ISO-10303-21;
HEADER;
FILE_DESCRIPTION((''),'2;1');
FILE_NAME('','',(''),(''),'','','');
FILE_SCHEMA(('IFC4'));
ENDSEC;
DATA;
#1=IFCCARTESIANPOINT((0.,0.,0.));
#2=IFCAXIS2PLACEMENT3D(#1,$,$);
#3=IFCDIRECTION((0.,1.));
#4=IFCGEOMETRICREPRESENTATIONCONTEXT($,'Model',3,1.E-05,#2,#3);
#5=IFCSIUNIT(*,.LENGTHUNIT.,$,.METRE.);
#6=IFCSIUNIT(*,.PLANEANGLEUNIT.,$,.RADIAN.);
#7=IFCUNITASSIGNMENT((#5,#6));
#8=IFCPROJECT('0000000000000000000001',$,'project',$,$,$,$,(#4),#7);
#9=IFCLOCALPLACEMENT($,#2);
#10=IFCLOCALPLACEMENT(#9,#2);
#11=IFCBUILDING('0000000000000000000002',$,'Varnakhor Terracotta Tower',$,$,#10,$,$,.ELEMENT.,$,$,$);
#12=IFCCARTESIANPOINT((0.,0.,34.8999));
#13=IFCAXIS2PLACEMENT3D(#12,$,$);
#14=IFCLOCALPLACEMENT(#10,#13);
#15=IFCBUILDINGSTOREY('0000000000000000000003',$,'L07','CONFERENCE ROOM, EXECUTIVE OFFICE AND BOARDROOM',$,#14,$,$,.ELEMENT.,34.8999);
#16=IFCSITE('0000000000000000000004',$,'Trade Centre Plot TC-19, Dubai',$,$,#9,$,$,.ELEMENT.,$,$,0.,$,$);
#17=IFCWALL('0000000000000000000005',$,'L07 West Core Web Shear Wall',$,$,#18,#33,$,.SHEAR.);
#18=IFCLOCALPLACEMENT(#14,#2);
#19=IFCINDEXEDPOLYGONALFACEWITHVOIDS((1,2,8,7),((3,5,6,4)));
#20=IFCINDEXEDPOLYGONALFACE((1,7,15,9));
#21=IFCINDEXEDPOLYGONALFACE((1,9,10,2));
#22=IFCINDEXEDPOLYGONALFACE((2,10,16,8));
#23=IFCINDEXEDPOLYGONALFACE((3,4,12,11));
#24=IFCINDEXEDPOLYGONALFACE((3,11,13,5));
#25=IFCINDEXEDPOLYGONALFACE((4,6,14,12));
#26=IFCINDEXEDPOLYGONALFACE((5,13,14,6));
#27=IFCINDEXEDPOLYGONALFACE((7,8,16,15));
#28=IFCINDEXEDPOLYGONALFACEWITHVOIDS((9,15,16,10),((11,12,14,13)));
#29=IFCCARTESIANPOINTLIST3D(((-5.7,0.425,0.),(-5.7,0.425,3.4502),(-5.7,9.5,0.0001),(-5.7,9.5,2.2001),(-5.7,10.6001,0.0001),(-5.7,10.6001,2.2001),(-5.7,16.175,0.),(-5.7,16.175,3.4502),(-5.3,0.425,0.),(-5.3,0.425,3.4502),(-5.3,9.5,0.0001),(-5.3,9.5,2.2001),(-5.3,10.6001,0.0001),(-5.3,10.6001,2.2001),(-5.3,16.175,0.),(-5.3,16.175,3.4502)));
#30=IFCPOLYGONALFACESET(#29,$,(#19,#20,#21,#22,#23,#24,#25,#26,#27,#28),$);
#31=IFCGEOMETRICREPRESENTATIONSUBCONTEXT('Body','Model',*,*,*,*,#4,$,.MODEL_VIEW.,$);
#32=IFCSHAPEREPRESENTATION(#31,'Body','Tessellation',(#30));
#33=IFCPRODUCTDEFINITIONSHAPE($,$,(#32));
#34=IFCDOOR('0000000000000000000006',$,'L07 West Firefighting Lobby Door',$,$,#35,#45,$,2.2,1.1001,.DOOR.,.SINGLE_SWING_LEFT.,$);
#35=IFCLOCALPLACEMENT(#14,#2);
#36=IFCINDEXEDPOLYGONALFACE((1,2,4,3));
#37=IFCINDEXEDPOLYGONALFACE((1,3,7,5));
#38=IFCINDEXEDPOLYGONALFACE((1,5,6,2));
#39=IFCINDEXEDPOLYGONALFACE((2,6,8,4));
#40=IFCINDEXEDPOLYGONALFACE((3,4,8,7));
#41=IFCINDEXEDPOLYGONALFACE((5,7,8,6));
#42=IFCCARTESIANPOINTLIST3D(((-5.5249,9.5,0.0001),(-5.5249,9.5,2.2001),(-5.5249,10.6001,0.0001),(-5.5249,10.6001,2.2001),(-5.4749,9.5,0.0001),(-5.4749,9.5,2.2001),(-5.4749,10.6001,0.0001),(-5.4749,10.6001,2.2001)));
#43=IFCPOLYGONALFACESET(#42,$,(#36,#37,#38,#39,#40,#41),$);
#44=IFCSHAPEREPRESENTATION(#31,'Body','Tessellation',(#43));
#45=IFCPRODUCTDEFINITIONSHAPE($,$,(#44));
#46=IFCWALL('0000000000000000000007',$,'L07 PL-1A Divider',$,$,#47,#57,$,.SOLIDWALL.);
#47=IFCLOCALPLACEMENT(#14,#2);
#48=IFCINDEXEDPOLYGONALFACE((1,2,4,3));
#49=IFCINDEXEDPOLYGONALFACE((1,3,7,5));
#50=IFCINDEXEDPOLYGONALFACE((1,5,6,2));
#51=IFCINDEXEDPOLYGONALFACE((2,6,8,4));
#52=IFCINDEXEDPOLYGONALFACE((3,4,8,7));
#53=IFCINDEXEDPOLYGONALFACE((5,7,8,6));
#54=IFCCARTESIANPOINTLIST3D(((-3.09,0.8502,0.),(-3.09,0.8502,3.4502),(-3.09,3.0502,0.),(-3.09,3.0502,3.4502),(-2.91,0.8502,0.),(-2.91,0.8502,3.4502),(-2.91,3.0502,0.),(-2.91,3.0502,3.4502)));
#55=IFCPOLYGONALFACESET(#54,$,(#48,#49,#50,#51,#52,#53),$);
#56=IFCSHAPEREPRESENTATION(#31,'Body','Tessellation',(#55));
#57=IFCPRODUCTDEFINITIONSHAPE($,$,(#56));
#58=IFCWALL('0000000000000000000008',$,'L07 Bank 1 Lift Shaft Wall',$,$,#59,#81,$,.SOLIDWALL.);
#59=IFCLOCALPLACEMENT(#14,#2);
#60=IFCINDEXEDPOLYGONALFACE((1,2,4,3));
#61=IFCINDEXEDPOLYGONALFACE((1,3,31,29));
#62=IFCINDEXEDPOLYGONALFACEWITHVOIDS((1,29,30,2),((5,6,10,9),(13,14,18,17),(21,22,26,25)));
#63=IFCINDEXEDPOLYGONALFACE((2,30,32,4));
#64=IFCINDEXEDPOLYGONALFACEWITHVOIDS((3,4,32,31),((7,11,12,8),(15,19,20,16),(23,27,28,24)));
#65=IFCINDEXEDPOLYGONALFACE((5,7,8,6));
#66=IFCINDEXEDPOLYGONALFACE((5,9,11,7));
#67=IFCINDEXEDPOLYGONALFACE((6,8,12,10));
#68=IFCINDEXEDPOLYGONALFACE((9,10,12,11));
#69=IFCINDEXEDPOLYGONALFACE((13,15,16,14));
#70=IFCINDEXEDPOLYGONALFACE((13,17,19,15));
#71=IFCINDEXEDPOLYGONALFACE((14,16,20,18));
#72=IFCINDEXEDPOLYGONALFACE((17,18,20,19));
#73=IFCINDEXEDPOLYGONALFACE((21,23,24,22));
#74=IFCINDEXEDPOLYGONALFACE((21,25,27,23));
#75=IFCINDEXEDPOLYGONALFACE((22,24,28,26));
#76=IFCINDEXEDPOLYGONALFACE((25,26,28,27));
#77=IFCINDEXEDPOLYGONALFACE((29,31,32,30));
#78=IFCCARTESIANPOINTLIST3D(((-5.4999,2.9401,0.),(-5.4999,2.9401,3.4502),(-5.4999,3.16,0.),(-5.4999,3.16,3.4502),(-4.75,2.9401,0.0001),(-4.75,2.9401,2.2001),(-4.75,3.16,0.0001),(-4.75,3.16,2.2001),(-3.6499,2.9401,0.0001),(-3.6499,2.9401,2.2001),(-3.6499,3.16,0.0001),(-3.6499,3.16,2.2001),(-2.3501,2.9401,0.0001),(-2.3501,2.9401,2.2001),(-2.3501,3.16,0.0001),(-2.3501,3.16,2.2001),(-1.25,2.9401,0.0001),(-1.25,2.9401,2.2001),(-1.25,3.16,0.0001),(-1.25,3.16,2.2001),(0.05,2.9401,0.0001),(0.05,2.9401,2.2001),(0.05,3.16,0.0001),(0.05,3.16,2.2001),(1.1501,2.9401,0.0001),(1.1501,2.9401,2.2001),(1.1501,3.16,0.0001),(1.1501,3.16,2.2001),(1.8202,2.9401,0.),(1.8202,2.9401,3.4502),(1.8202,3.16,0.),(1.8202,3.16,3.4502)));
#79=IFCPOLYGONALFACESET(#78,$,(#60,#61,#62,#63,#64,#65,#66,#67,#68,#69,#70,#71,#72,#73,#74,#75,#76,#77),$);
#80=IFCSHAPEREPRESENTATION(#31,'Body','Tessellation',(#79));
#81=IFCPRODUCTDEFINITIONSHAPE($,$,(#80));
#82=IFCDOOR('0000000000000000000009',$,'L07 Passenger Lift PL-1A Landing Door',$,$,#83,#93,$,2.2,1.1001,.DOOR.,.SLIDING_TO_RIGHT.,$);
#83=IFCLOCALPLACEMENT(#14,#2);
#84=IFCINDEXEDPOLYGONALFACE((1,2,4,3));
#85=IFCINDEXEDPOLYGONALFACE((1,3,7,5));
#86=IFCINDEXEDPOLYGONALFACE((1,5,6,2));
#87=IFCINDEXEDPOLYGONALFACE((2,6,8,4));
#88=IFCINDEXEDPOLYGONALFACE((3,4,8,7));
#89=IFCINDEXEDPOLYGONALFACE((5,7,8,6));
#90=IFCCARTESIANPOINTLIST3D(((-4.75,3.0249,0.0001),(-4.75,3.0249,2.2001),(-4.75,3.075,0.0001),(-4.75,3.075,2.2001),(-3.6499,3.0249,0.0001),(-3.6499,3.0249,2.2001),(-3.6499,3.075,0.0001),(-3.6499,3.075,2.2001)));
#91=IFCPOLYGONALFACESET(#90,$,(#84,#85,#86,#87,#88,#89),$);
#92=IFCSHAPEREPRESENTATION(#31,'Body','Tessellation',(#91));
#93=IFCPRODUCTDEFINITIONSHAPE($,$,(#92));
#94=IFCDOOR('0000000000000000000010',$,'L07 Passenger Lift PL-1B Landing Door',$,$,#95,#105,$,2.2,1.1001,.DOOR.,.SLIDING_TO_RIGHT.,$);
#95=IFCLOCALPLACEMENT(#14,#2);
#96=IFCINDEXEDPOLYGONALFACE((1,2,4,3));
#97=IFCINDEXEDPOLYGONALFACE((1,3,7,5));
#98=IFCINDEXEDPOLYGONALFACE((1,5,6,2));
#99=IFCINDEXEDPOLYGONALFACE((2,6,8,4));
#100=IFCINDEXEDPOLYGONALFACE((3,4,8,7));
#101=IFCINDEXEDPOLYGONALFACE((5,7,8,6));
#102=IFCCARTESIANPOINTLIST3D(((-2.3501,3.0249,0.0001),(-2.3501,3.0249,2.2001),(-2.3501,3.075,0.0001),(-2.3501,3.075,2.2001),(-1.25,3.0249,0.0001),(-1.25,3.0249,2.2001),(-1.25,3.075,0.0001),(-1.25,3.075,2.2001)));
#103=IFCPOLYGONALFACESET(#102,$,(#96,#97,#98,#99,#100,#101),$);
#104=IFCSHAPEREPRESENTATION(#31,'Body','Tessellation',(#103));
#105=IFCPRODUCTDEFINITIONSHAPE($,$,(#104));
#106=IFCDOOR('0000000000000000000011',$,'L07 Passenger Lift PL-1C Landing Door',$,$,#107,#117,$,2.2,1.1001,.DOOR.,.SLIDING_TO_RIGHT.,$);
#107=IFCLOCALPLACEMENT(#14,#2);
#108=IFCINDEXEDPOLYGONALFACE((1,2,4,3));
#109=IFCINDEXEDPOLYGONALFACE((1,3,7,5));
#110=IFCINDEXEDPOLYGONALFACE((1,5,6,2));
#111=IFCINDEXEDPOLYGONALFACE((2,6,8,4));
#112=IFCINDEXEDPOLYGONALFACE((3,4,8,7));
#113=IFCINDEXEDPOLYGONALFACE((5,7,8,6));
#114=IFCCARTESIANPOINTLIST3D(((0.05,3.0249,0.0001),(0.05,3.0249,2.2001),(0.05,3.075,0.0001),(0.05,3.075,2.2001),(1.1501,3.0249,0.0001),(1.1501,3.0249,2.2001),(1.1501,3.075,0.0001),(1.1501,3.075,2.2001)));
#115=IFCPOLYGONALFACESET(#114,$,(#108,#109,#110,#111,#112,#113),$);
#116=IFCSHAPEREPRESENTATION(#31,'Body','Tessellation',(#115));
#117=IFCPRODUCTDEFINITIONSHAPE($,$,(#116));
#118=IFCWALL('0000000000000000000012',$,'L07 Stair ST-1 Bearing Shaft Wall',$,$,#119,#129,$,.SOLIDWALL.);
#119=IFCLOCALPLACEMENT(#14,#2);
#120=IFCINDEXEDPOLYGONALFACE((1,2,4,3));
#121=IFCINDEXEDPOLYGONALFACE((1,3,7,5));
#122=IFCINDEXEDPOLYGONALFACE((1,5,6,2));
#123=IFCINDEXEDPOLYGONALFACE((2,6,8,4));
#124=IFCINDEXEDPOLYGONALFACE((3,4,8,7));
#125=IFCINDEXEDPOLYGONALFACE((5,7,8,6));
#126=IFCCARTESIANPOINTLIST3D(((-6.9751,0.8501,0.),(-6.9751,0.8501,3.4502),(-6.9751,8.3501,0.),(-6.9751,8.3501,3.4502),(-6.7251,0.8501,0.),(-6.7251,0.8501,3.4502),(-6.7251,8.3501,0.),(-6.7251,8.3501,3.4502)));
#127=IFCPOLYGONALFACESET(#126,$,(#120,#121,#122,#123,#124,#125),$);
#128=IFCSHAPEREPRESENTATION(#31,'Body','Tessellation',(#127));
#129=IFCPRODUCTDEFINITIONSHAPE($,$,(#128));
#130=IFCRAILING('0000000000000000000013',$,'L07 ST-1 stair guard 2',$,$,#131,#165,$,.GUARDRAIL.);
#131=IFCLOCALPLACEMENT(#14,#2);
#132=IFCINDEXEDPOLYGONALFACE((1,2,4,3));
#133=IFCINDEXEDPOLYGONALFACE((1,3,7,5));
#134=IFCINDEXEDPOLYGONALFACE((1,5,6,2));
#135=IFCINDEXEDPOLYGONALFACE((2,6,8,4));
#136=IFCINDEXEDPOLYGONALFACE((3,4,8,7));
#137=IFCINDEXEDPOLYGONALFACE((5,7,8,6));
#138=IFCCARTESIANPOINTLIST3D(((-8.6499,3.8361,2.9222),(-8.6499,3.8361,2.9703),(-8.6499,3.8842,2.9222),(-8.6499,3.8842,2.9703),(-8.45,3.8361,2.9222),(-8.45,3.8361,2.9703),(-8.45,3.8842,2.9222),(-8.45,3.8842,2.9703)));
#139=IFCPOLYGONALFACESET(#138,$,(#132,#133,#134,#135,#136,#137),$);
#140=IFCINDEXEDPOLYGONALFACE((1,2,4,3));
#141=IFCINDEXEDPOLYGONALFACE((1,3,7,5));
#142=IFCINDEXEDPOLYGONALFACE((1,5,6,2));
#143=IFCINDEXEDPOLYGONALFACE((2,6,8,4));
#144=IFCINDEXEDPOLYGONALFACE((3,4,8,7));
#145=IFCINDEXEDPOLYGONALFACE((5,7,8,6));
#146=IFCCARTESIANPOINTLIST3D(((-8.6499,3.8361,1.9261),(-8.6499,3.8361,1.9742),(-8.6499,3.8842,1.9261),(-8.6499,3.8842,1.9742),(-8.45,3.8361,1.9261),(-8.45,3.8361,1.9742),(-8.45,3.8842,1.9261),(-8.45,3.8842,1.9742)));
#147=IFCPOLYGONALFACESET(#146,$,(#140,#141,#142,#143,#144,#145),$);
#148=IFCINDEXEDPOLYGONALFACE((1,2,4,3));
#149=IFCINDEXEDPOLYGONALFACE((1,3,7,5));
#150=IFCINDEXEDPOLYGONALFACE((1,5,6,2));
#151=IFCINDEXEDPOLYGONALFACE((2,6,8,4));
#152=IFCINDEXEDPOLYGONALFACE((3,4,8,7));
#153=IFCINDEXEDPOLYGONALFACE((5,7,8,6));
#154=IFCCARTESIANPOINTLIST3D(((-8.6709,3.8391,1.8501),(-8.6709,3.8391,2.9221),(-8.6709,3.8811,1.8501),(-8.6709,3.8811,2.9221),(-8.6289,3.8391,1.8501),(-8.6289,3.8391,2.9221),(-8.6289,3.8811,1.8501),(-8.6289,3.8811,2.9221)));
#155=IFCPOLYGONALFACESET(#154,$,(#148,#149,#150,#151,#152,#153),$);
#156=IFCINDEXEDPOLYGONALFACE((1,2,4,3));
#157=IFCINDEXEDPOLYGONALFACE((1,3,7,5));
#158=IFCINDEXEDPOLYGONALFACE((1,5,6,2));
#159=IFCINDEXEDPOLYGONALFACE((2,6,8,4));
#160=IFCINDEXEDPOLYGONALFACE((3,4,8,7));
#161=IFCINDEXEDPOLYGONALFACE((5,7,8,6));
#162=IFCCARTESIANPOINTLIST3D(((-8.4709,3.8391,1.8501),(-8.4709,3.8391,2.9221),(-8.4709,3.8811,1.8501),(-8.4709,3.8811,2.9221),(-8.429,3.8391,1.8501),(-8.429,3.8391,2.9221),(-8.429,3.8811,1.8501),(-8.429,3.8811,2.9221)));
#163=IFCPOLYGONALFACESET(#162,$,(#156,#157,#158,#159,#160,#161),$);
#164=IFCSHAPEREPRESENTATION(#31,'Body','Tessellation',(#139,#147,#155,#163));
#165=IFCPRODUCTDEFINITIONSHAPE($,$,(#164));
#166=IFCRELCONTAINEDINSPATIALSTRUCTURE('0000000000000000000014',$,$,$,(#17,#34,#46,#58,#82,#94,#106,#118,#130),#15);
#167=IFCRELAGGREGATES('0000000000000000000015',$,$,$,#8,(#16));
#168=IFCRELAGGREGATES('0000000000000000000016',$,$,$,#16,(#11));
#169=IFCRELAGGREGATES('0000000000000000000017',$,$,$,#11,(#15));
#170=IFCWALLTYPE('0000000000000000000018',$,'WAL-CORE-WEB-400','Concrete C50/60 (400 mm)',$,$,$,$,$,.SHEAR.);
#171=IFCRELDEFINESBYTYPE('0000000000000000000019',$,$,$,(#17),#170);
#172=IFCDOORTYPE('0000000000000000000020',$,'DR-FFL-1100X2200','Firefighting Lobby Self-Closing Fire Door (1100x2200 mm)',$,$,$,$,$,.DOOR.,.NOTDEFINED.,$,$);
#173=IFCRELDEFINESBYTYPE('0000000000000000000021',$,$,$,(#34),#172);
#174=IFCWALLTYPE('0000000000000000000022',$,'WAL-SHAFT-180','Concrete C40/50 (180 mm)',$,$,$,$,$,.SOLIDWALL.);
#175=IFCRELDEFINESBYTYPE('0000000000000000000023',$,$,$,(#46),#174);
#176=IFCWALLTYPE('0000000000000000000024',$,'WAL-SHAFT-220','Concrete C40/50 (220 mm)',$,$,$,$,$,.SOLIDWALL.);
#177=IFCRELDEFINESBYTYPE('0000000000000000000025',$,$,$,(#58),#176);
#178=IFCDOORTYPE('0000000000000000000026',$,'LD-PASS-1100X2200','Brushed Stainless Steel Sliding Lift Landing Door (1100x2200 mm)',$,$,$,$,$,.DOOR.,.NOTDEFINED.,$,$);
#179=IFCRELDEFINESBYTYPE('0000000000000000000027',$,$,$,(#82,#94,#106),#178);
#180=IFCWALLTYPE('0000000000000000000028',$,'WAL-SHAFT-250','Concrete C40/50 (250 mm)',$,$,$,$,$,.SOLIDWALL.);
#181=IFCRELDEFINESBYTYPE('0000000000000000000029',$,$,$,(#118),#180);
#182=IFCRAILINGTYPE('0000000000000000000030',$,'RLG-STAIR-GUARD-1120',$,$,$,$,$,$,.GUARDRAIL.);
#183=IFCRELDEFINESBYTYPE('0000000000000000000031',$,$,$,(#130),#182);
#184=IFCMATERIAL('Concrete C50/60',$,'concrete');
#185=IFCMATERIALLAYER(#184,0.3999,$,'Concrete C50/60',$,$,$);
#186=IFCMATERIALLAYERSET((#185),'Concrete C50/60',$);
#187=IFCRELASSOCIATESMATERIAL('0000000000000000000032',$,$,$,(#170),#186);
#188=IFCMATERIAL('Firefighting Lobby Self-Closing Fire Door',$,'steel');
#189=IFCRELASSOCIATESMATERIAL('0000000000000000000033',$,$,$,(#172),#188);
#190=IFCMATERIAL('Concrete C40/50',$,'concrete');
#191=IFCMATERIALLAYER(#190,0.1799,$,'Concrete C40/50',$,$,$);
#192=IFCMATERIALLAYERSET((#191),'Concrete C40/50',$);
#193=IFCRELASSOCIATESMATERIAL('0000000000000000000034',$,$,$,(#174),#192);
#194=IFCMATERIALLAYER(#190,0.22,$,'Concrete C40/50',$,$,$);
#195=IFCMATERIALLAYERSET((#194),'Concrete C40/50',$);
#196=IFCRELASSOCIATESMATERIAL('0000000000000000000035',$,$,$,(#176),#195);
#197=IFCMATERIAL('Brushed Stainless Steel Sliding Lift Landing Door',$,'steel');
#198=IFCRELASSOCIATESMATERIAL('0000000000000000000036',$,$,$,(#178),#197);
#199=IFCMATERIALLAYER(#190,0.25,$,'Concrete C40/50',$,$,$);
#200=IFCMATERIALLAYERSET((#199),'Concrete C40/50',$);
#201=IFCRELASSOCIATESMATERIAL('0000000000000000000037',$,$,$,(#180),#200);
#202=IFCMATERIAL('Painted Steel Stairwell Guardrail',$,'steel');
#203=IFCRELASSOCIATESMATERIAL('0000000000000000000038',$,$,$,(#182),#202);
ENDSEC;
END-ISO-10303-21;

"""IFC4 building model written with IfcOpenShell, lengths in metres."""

from ifc_helpers import new_model, si_unit, direction, frame, frame_2d, origin, origin_2d, place, context, subcontext, project, spatial, rectangle, extrude, source, transform, mapped, material, layer, layer_set, type_object, type_shapes, element, fill, save


model = new_model("IFC4")

# Units and contexts
model_context = context("Model", 3, precision=1e-05, world=origin(), true_north=direction((0.0, 1.0)))
body_context = subcontext(model_context, "Body", "Model", "MODEL_VIEW")
ifc_project = project(units=[si_unit("LENGTHUNIT", "METRE"), si_unit("PLANEANGLEUNIT", "RADIAN")], contexts=[model_context])

# Site, building, storey
site_placement = place(None, origin())
site = spatial("IfcSite", under=ifc_project, at=site_placement, Name="Trade Centre Plot TC-19, Dubai", CompositionType="ELEMENT", RefElevation=0.0)
building_placement = place(site_placement, origin())
building = spatial("IfcBuilding", under=site, at=building_placement, Name="Varnakhor Terracotta Tower", CompositionType="ELEMENT")
storey_placement = place(building_placement, frame((0.0, 0.0, 34.8999)))
storey = spatial("IfcBuildingStorey", under=building, at=storey_placement, Name="L07", Description="CONFERENCE ROOM, EXECUTIVE OFFICE AND BOARDROOM", CompositionType="ELEMENT", Elevation=34.8999)

# Shared definitions
ifc_material_1 = material(Name="Concrete C50/60", Category="concrete")

# Wall, opening, door
ifc_layer_1 = layer(ifc_material_1, 0.3999, Name="Concrete C50/60")
ifc_layer_set_1 = layer_set([ifc_layer_1], Name="Concrete C50/60")
wall_type_1 = type_object("IfcWallType", Name="WAL-CORE-WEB-400", Description="Concrete C50/60 (400 mm)", PredefinedType="SHEAR", material=ifc_layer_set_1)
wall_1_placement = place(storey_placement, frame((-5.5, 0.425, 0.0), z_axis=(0.0, 0.0, 1.0), x_axis=(0.0, 1.0, 0.0)))
wall_1 = element("IfcWall", 1, at=wall_1_placement, inside=storey, type_object=wall_type_1, Name="L07 West Core Web Shear Wall", PredefinedType="SHEAR", context=body_context, shape_type="SweptSolid", body=[
    extrude(rectangle(XDim=15.75, YDim=0.3999, at=frame_2d((7.875, 0.0))), origin(), (0.0, 0.0, 1.0), 3.4502),
])
opening_1_placement = place(wall_1_placement, frame((9.075, 0.0, 0.0)))
opening_1 = element("IfcOpeningElement", 2, at=opening_1_placement, cuts=wall_1, PredefinedType="OPENING", context=body_context, shape_type="SweptSolid", body=[
    extrude(rectangle(XDim=1.1001, YDim=2.2, at=frame_2d((0.55, 1.1001))), frame((0.0, 0.21, 0.0), z_axis=(0.0, -1.0, 0.0), x_axis=(1.0, 0.0, 0.0)), (0.0, 0.0, 1.0), 0.4199),
])
ifc_material_2 = material(Name="Firefighting Lobby Self-Closing Fire Door", Category="steel")
door_type_1 = type_object("IfcDoorType", Name="DR-FFL-1100X2200", Description="Firefighting Lobby Self-Closing Fire Door (1100x2200 mm)", OperationType="NOTDEFINED", PredefinedType="DOOR", material=ifc_material_2)
shared_shape_1 = source(origin(), body_context, "Body", "SweptSolid", [
    extrude(rectangle(XDim=1.1001, YDim=2.2, at=frame_2d((0.55, 1.1001))), frame((0.0, 0.0249, 0.0), z_axis=(0.0, -1.0, 0.0), x_axis=(1.0, 0.0, 0.0)), (0.0, 0.0, 1.0), 0.05),
])
type_shapes(door_type_1, [shared_shape_1])
door_1_placement = place(opening_1_placement, origin())
door_1 = element("IfcDoor", 3, at=door_1_placement, inside=storey, type_object=door_type_1, Name="L07 West Firefighting Lobby Door", OperationType="SINGLE_SWING_LEFT", OverallHeight=2.2, OverallWidth=1.1001, PredefinedType="DOOR", context=body_context, shape_type="MappedRepresentation", body=[
    mapped(shared_shape_1, transform((0.0, 0.0, 0.0), scale=1.0)),
])
fill(opening_1, door_1)

# Wall
ifc_material_3 = material(Name="Concrete C40/50", Category="concrete")
ifc_layer_2 = layer(ifc_material_3, 0.1799, Name="Concrete C40/50")
ifc_layer_set_2 = layer_set([ifc_layer_2], Name="Concrete C40/50")
wall_type_2 = type_object("IfcWallType", Name="WAL-SHAFT-180", Description="Concrete C40/50 (180 mm)", PredefinedType="SOLIDWALL", material=ifc_layer_set_2)
wall_2_placement = place(storey_placement, frame((-3.0, 0.8501, 0.0), z_axis=(0.0, 0.0, 1.0), x_axis=(0.0, 1.0, 0.0)))
element("IfcWall", 4, at=wall_2_placement, inside=storey, type_object=wall_type_2, Name="L07 PL-1A Divider", PredefinedType="SOLIDWALL", context=body_context, shape_type="SweptSolid", body=[
    extrude(rectangle(XDim=2.2, YDim=0.1799, at=frame_2d((1.1001, 0.0))), origin(), (0.0, 0.0, 1.0), 3.4502),
])

# Wall, openings, doors
ifc_layer_3 = layer(ifc_material_3, 0.22, Name="Concrete C40/50")
ifc_layer_set_3 = layer_set([ifc_layer_3], Name="Concrete C40/50")
wall_type_3 = type_object("IfcWallType", Name="WAL-SHAFT-220", Description="Concrete C40/50 (220 mm)", PredefinedType="SOLIDWALL", material=ifc_layer_set_3)
wall_3_placement = place(storey_placement, frame((-5.5, 3.05, 0.0), z_axis=(0.0, 0.0, 1.0), x_axis=(1.0, 0.0, 0.0)))
wall_3 = element("IfcWall", 5, at=wall_3_placement, inside=storey, type_object=wall_type_3, Name="L07 Bank 1 Lift Shaft Wall", PredefinedType="SOLIDWALL", context=body_context, shape_type="SweptSolid", body=[
    extrude(rectangle(XDim=7.3201, YDim=0.22, at=frame_2d((3.6602, 0.0))), origin(), (0.0, 0.0, 1.0), 3.4502),
])
opening_2_placement = place(wall_3_placement, frame((0.75, 0.0, 0.0)))
opening_2 = element("IfcOpeningElement", 6, at=opening_2_placement, cuts=wall_3, PredefinedType="OPENING", context=body_context, shape_type="SweptSolid", body=[
    extrude(rectangle(XDim=1.1001, YDim=2.2, at=frame_2d((0.55, 1.1001))), frame((0.0, 0.1201, 0.0), z_axis=(0.0, -1.0, 0.0), x_axis=(1.0, 0.0, 0.0)), (0.0, 0.0, 1.0), 0.24),
])
opening_3_placement = place(wall_3_placement, frame((3.1499, 0.0, 0.0)))
opening_3 = element("IfcOpeningElement", 7, at=opening_3_placement, cuts=wall_3, PredefinedType="OPENING", context=body_context, shape_type="SweptSolid", body=[
    extrude(rectangle(XDim=1.1001, YDim=2.2, at=frame_2d((0.55, 1.1001))), frame((0.0, 0.1201, 0.0), z_axis=(0.0, -1.0, 0.0), x_axis=(1.0, 0.0, 0.0)), (0.0, 0.0, 1.0), 0.24),
])
opening_4_placement = place(wall_3_placement, frame((5.55, 0.0, 0.0)))
opening_4 = element("IfcOpeningElement", 8, at=opening_4_placement, cuts=wall_3, PredefinedType="OPENING", context=body_context, shape_type="SweptSolid", body=[
    extrude(rectangle(XDim=1.1001, YDim=2.2, at=frame_2d((0.55, 1.1001))), frame((0.0, 0.1201, 0.0), z_axis=(0.0, -1.0, 0.0), x_axis=(1.0, 0.0, 0.0)), (0.0, 0.0, 1.0), 0.24),
])
ifc_material_4 = material(Name="Brushed Stainless Steel Sliding Lift Landing Door", Category="steel")
door_type_2 = type_object("IfcDoorType", Name="LD-PASS-1100X2200", Description="Brushed Stainless Steel Sliding Lift Landing Door (1100x2200 mm)", OperationType="NOTDEFINED", PredefinedType="DOOR", material=ifc_material_4)
shared_shape_2 = source(origin(), body_context, "Body", "SweptSolid", [
    extrude(rectangle(XDim=1.1001, YDim=2.2, at=frame_2d((0.55, 1.1001))), frame((0.0, 0.0249, 0.0), z_axis=(0.0, -1.0, 0.0), x_axis=(1.0, 0.0, 0.0)), (0.0, 0.0, 1.0), 0.05),
])
type_shapes(door_type_2, [shared_shape_2])
door_2_placement = place(opening_2_placement, origin())
door_2 = element("IfcDoor", 9, at=door_2_placement, inside=storey, type_object=door_type_2, Name="L07 Passenger Lift PL-1A Landing Door", OperationType="SLIDING_TO_RIGHT", OverallHeight=2.2, OverallWidth=1.1001, PredefinedType="DOOR", context=body_context, shape_type="MappedRepresentation", body=[
    mapped(shared_shape_2, transform((0.0, 0.0, 0.0), scale=1.0)),
])
fill(opening_2, door_2)
door_3_placement = place(opening_3_placement, origin())
door_3 = element("IfcDoor", 10, at=door_3_placement, inside=storey, type_object=door_type_2, Name="L07 Passenger Lift PL-1B Landing Door", OperationType="SLIDING_TO_RIGHT", OverallHeight=2.2, OverallWidth=1.1001, PredefinedType="DOOR", context=body_context, shape_type="MappedRepresentation", body=[
    mapped(shared_shape_2, transform((0.0, 0.0, 0.0), scale=1.0)),
])
fill(opening_3, door_3)
door_4_placement = place(opening_4_placement, origin())
door_4 = element("IfcDoor", 11, at=door_4_placement, inside=storey, type_object=door_type_2, Name="L07 Passenger Lift PL-1C Landing Door", OperationType="SLIDING_TO_RIGHT", OverallHeight=2.2, OverallWidth=1.1001, PredefinedType="DOOR", context=body_context, shape_type="MappedRepresentation", body=[
    mapped(shared_shape_2, transform((0.0, 0.0, 0.0), scale=1.0)),
])
fill(opening_4, door_4)

# Wall
ifc_layer_4 = layer(ifc_material_3, 0.25, Name="Concrete C40/50")
ifc_layer_set_4 = layer_set([ifc_layer_4], Name="Concrete C40/50")
wall_type_4 = type_object("IfcWallType", Name="WAL-SHAFT-250", Description="Concrete C40/50 (250 mm)", PredefinedType="SOLIDWALL", material=ifc_layer_set_4)
wall_4_placement = place(storey_placement, frame((-6.8501, 0.8501, 0.0), z_axis=(0.0, 0.0, 1.0), x_axis=(0.0, 1.0, 0.0)))
element("IfcWall", 12, at=wall_4_placement, inside=storey, type_object=wall_type_4, Name="L07 Stair ST-1 Bearing Shaft Wall", PredefinedType="SOLIDWALL", context=body_context, shape_type="SweptSolid", body=[
    extrude(rectangle(XDim=7.5, YDim=0.25, at=frame_2d((3.75, 0.0))), origin(), (0.0, 0.0, 1.0), 3.4502),
])

# Railing
ifc_material_5 = material(Name="Painted Steel Stairwell Guardrail", Category="steel")
railing_type = type_object("IfcRailingType", Name="RLG-STAIR-GUARD-1120", PredefinedType="GUARDRAIL", material=ifc_material_5)
railing_1_placement = place(storey_placement, frame((-8.6499, 3.8601, 1.8501)))
element("IfcRailing", 13, at=railing_1_placement, inside=storey, type_object=railing_type, Name="L07 ST-1 stair guard 2", PredefinedType="GUARDRAIL", context=body_context, shape_type="SweptSolid", body=[
    extrude(rectangle(XDim=0.0481, YDim=0.0481, at=origin_2d()), frame((0.0, 0.0, 1.0962), z_axis=(1.0, 0.0, 0.0), x_axis=(0.0, 1.0, 0.0)), (0.0, 0.0, 1.0), 0.2),
    extrude(rectangle(XDim=0.0481, YDim=0.0481, at=origin_2d()), frame((0.0, 0.0, 0.1001), z_axis=(1.0, 0.0, 0.0), x_axis=(0.0, 1.0, 0.0)), (0.0, 0.0, 1.0), 0.2),
    extrude(rectangle(XDim=0.042, YDim=0.042, at=origin_2d()), origin(), (0.0, 0.0, 1.0), 1.072),
    extrude(rectangle(XDim=0.042, YDim=0.042, at=origin_2d()), frame((0.2, 0.0, 0.0)), (0.0, 0.0, 1.0), 1.072),
])

save(model, "model.ifc")
